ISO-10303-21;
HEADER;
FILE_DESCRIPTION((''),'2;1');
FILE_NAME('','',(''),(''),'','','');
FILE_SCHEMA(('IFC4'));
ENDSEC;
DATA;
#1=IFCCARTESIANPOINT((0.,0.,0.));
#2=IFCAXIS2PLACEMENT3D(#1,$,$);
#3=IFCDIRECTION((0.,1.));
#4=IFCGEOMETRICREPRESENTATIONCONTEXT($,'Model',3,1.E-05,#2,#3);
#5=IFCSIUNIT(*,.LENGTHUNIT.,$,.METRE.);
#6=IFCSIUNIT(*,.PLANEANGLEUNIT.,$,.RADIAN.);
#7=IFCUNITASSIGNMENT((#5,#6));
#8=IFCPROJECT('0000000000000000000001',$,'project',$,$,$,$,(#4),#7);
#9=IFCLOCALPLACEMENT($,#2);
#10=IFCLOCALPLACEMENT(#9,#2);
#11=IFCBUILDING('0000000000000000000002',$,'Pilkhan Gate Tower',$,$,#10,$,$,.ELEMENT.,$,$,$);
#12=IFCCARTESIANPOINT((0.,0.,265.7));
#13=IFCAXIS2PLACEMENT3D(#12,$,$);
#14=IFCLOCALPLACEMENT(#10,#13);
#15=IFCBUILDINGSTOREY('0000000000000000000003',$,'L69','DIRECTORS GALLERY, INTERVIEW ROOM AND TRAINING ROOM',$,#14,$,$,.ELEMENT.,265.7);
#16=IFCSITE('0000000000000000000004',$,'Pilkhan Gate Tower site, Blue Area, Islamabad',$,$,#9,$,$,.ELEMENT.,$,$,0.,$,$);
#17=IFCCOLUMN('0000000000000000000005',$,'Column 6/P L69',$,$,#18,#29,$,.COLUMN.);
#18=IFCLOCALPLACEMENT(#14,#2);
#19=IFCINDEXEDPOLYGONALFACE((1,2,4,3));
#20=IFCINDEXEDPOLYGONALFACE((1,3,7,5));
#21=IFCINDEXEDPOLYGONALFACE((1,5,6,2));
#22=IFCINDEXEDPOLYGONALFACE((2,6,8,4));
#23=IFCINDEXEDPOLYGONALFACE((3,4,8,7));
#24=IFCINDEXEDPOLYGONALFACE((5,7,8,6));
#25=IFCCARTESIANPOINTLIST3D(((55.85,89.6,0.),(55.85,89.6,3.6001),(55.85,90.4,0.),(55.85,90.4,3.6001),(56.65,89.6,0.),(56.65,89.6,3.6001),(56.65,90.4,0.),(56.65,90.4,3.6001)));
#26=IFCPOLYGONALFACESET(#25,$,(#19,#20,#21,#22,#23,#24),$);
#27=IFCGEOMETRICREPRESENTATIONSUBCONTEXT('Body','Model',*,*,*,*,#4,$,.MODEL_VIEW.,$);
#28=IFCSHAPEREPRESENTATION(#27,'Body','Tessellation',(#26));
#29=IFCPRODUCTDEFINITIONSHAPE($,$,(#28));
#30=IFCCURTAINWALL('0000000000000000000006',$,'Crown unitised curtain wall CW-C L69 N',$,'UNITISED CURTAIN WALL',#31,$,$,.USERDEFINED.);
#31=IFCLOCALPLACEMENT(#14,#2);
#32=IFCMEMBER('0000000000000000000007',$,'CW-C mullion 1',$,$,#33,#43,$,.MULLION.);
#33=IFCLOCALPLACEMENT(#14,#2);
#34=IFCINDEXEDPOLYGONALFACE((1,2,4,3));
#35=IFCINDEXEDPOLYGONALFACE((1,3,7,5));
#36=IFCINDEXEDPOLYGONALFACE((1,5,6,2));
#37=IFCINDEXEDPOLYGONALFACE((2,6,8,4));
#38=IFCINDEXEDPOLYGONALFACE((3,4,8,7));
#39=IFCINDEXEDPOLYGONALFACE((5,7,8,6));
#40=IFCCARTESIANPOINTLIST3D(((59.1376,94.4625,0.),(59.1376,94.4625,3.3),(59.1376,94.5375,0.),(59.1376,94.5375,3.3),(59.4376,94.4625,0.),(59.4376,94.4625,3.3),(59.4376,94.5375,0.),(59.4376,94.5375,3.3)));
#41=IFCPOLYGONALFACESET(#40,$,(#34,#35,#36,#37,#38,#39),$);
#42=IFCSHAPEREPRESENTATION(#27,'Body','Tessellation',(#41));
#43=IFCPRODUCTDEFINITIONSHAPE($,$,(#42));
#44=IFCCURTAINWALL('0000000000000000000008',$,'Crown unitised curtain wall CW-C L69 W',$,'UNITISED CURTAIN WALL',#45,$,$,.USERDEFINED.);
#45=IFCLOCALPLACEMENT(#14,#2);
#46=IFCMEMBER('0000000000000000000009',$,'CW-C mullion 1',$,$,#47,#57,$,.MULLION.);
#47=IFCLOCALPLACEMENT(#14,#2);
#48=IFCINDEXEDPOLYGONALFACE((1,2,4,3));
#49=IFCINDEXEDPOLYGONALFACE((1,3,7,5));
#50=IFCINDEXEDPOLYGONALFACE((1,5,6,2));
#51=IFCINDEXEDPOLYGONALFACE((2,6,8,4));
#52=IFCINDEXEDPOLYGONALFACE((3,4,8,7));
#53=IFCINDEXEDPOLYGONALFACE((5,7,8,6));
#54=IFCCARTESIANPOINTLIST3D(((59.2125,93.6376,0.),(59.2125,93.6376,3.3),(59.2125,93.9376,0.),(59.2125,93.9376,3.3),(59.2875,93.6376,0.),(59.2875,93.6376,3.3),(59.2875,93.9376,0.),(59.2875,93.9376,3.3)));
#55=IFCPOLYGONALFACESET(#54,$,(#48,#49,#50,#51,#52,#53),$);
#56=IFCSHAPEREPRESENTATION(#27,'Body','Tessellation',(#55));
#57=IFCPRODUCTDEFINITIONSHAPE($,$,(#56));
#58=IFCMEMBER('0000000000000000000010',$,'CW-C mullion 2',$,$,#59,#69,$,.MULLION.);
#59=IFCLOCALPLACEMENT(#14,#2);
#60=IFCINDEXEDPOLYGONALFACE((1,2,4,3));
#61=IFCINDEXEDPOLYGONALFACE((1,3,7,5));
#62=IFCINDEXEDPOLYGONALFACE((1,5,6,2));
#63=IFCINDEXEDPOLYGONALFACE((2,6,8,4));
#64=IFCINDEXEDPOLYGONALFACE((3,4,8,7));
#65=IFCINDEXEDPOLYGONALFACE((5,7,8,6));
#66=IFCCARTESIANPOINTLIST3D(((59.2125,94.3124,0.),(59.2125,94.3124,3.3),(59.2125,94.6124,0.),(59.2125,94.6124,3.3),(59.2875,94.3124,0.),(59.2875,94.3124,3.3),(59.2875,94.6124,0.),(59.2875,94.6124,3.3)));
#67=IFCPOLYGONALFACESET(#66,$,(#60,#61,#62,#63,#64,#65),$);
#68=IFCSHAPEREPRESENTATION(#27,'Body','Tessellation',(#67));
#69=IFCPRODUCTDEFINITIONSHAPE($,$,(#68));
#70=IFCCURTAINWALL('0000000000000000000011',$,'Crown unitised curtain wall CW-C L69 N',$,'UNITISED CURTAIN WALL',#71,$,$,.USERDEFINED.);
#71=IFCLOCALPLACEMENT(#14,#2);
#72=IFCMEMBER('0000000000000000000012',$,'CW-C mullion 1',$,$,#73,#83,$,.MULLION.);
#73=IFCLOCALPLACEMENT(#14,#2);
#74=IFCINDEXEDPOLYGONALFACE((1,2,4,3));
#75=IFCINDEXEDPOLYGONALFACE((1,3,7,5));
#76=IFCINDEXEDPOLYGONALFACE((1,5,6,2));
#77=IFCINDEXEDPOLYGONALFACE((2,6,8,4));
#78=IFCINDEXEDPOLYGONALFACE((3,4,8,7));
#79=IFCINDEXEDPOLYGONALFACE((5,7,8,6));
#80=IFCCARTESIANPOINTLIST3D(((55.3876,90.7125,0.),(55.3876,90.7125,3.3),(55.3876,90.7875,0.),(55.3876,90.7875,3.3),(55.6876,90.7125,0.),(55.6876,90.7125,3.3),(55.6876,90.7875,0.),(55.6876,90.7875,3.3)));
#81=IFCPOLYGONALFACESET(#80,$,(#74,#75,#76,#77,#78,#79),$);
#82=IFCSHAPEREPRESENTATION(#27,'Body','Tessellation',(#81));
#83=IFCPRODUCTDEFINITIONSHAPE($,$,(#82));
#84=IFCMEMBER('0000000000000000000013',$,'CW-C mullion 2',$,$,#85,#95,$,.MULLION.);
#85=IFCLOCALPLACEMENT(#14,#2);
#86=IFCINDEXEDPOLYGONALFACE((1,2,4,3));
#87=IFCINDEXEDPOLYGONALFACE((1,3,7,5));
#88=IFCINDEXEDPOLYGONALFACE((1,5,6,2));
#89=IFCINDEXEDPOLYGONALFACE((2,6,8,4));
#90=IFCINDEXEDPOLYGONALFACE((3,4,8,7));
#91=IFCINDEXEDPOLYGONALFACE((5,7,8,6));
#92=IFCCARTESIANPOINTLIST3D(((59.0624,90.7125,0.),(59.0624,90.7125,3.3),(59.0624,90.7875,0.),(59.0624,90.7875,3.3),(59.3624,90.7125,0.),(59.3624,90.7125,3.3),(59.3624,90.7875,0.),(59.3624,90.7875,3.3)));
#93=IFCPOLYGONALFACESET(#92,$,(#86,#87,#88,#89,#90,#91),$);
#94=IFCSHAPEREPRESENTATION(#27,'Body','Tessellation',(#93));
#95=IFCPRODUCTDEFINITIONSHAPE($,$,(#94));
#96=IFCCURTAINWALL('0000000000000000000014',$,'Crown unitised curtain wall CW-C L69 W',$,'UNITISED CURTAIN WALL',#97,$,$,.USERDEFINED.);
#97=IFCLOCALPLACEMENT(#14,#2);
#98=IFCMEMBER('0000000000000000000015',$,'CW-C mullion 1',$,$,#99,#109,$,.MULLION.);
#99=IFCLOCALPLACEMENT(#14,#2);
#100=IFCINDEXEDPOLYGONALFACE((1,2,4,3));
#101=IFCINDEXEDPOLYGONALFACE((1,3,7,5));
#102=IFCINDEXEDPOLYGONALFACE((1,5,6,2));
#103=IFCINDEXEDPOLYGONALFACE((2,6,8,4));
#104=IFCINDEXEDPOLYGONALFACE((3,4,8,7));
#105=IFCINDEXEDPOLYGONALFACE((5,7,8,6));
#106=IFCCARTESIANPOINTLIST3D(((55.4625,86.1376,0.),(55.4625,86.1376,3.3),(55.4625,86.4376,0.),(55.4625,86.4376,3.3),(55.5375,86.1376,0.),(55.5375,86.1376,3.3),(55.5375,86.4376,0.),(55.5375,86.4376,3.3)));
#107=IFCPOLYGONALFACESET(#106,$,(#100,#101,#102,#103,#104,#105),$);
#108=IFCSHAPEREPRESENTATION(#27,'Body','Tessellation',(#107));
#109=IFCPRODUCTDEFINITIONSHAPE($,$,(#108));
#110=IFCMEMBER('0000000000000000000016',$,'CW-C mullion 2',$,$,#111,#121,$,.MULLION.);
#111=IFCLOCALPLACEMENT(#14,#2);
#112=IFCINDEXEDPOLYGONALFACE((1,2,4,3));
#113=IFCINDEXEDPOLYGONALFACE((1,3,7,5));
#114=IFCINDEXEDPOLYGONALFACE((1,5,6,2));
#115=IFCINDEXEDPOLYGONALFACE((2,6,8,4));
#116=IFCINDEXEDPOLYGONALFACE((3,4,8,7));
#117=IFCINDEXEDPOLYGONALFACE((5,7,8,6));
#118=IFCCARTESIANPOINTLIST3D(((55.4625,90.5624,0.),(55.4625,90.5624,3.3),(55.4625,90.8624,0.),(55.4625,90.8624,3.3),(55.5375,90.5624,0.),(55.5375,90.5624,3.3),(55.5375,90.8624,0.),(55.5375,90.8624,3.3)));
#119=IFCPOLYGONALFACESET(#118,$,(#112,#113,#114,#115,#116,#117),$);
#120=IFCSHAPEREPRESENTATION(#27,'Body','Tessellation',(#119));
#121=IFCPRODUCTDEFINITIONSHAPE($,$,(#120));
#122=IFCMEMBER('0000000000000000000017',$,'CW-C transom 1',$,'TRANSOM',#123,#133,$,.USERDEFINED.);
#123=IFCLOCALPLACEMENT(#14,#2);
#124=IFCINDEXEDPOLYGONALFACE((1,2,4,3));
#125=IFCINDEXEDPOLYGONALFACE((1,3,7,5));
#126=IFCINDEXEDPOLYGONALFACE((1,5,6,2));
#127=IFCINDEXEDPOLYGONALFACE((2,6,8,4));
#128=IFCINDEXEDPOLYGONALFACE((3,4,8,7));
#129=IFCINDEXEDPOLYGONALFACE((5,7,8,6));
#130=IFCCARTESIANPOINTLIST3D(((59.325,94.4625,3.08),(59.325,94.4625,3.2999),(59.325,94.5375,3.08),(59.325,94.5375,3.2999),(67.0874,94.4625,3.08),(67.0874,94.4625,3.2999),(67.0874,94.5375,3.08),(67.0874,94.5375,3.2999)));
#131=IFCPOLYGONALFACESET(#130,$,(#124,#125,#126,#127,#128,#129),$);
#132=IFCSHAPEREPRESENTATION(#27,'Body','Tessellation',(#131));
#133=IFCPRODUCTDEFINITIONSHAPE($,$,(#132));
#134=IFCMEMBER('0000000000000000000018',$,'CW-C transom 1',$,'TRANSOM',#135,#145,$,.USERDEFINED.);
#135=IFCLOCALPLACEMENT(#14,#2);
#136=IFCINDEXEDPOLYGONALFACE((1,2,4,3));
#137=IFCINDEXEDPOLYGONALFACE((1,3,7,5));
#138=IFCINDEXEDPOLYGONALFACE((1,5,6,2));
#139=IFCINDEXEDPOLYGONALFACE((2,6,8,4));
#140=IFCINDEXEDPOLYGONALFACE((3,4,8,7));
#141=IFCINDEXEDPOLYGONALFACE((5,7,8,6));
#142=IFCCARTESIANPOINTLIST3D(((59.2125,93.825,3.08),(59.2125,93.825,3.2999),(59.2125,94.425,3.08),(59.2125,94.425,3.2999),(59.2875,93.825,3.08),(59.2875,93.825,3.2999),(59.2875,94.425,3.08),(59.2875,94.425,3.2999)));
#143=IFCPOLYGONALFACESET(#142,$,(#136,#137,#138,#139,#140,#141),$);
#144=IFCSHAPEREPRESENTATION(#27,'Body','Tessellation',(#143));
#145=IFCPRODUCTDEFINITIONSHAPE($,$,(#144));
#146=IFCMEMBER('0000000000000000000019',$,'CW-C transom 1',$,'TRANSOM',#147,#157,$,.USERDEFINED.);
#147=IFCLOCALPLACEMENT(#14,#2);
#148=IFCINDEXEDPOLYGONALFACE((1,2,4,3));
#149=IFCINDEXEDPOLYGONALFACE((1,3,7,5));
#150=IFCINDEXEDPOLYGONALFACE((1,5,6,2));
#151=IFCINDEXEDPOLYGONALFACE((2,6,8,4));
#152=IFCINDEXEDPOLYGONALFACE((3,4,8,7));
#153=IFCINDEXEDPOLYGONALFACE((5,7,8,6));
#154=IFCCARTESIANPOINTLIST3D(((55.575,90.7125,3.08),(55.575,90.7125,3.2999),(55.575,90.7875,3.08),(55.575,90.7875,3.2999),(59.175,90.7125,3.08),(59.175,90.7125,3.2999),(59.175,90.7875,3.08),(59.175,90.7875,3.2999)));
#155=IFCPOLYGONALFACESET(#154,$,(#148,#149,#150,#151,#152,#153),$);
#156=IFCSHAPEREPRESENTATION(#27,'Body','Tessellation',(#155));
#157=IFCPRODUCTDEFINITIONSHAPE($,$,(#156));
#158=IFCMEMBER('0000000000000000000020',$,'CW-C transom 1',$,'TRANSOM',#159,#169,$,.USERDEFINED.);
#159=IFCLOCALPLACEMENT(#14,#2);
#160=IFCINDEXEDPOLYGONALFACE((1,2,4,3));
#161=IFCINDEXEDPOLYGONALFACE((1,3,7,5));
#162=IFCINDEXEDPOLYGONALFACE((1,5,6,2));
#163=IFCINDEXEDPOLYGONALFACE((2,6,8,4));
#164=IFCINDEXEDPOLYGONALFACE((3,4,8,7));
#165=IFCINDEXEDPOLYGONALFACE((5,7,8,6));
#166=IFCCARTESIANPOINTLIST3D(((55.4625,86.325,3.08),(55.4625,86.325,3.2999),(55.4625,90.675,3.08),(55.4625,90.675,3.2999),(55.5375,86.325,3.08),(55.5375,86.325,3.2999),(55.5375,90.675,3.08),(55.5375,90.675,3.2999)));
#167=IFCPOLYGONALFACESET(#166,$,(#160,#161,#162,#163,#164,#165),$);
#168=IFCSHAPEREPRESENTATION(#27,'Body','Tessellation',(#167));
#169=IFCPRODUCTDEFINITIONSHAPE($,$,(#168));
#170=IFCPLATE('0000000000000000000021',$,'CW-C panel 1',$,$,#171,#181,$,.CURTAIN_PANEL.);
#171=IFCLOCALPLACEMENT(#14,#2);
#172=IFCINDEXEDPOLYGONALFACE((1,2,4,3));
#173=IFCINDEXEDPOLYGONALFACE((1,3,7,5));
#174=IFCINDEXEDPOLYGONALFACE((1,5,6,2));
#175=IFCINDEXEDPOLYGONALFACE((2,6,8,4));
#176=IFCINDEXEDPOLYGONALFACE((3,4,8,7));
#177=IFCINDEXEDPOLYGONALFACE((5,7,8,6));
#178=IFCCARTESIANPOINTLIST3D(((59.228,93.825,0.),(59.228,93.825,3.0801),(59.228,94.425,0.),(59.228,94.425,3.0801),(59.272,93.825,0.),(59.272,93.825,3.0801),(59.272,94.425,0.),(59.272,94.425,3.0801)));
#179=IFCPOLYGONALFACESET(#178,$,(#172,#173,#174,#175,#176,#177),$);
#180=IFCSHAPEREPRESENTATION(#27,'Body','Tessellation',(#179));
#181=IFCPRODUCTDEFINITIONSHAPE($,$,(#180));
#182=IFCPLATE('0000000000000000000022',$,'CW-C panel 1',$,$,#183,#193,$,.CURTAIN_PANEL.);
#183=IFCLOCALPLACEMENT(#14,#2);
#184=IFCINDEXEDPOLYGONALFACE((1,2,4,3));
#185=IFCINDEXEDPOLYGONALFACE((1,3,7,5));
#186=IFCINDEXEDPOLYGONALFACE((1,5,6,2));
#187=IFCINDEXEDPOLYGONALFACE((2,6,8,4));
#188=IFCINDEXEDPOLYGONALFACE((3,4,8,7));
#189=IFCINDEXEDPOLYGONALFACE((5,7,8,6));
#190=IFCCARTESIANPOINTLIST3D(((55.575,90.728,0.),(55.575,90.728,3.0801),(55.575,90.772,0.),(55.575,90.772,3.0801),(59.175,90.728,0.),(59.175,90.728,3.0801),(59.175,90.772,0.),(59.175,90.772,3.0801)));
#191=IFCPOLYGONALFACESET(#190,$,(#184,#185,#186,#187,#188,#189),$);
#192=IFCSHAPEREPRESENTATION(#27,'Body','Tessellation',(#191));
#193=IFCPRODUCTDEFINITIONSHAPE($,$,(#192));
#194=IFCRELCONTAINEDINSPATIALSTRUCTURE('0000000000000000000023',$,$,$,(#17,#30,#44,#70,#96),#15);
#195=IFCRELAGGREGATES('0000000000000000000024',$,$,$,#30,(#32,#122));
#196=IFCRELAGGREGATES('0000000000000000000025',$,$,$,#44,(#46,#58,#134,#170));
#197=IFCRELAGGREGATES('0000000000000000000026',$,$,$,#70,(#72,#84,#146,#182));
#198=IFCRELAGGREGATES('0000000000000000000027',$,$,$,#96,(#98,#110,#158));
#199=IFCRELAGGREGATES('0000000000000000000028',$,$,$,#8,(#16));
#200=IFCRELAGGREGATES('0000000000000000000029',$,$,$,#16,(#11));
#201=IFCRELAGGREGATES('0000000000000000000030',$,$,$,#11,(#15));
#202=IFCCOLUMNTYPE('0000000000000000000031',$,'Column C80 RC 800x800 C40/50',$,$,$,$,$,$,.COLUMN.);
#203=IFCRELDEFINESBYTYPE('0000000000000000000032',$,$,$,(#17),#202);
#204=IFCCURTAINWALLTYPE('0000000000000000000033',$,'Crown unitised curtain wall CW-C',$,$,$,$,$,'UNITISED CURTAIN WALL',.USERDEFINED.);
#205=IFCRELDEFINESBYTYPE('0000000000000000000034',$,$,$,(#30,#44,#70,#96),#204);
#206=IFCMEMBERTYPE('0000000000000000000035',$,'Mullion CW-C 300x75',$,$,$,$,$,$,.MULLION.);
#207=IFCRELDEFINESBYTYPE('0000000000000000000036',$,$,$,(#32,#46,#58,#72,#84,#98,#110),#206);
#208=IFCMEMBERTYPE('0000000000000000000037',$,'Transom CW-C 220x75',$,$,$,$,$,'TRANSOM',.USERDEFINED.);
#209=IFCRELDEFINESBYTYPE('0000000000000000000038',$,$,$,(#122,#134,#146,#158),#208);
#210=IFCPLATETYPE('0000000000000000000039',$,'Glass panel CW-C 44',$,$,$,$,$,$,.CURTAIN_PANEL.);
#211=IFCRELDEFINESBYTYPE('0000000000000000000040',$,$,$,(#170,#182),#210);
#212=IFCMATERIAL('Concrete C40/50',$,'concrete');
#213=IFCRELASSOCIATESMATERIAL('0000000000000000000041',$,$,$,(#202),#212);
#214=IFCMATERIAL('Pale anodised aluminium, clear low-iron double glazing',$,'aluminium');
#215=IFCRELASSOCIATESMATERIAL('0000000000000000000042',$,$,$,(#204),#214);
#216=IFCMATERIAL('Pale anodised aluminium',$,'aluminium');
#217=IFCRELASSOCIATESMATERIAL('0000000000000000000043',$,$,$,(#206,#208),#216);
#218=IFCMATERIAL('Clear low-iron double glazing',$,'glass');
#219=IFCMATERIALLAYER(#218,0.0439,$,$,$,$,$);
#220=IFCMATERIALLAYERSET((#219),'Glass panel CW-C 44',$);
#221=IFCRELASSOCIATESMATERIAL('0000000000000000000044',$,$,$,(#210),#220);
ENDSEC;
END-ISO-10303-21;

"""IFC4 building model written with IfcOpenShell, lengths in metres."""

from ifc_helpers import new_model, si_unit, direction, frame, origin, origin_2d, place, context, subcontext, project, spatial, rectangle, extrude, material, layer, layer_set, material_profile, profile_set, type_object, element, aggregate, save


model = new_model("IFC4")

# Units and contexts
model_context = context("Model", 3, precision=1e-05, world=origin(), true_north=direction((0.0, 1.0)))
body_context = subcontext(model_context, "Body", "Model", "MODEL_VIEW")
ifc_project = project(units=[si_unit("LENGTHUNIT", "METRE"), si_unit("PLANEANGLEUNIT", "RADIAN")], contexts=[model_context])

# Site, building, storey
site_placement = place(None, origin())
site = spatial("IfcSite", under=ifc_project, at=site_placement, Name="Pilkhan Gate Tower site, Blue Area, Islamabad", CompositionType="ELEMENT", RefElevation=0.0)
building_placement = place(site_placement, origin())
building = spatial("IfcBuilding", under=site, at=building_placement, Name="Pilkhan Gate Tower", CompositionType="ELEMENT")
storey_placement = place(building_placement, frame((0.0, 0.0, 265.7)))
storey = spatial("IfcBuildingStorey", under=building, at=storey_placement, Name="L69", Description="DIRECTORS GALLERY, INTERVIEW ROOM AND TRAINING ROOM", CompositionType="ELEMENT", Elevation=265.7)

# Column
ifc_material_1 = material(Name="Concrete C40/50", Category="concrete")
ifc_material_profile_1 = material_profile(ifc_material_1, rectangle(XDim=0.8, YDim=0.8, at=origin_2d()), Name="RC 800x800")
ifc_profile_set_1 = profile_set([ifc_material_profile_1], Name="Concrete C40/50")
column_type = type_object("IfcColumnType", Name="Column C80 RC 800x800 C40/50", PredefinedType="COLUMN", material=ifc_profile_set_1)
column_placement = place(storey_placement, frame((56.25, 90.0, 0.0), z_axis=(0.0, 0.0, 1.0), x_axis=(1.0, 0.0, 0.0)))
element("IfcColumn", 1, at=column_placement, inside=storey, type_object=column_type, Name="Column 6/P L69", PredefinedType="COLUMN", context=body_context, shape_type="SweptSolid", body=[
    extrude(rectangle(XDim=0.8, YDim=0.8, at=origin_2d()), origin(), (0.0, 0.0, 1.0), 3.6001),
])

# Curtain wall, member
ifc_material_2 = material(Name="Pale anodised aluminium, clear low-iron double glazing", Category="aluminium")
curtain_wall_type = type_object("IfcCurtainWallType", Name="Crown unitised curtain wall CW-C", ElementType="UNITISED CURTAIN WALL", PredefinedType="USERDEFINED", material=ifc_material_2)
curtain_wall_1_placement = place(storey_placement, origin())
curtain_wall_1 = element("IfcCurtainWall", 2, at=curtain_wall_1_placement, inside=storey, type_object=curtain_wall_type, Name="Crown unitised curtain wall CW-C L69 N", ObjectType="UNITISED CURTAIN WALL", PredefinedType="USERDEFINED")
ifc_material_3 = material(Name="Pale anodised aluminium", Category="aluminium")
ifc_material_profile_2 = material_profile(ifc_material_3, rectangle(XDim=0.075, YDim=0.3, at=origin_2d()), Name="Mullion 300x75")
ifc_profile_set_2 = profile_set([ifc_material_profile_2], Name="Pale anodised aluminium")
member_type_1 = type_object("IfcMemberType", Name="Mullion CW-C 300x75", PredefinedType="MULLION", material=ifc_profile_set_2)
member_1_placement = place(storey_placement, frame((59.2876, 94.5, 0.0), z_axis=(0.0, 0.0, 1.0), x_axis=(0.0, 1.0, 0.0)))
member_1 = element("IfcMember", 3, at=member_1_placement, type_object=member_type_1, Name="CW-C mullion 1", PredefinedType="MULLION", context=body_context, shape_type="SweptSolid", body=[
    extrude(rectangle(XDim=0.075, YDim=0.3, at=origin_2d()), origin(), (0.0, 0.0, 1.0), 3.3),
])

# Curtain walls, members
curtain_wall_2_placement = place(storey_placement, origin())
curtain_wall_2 = element("IfcCurtainWall", 4, at=curtain_wall_2_placement, inside=storey, type_object=curtain_wall_type, Name="Crown unitised curtain wall CW-C L69 W", ObjectType="UNITISED CURTAIN WALL", PredefinedType="USERDEFINED")
member_2_placement = place(storey_placement, frame((59.25, 93.7876, 0.0), z_axis=(0.0, 0.0, 1.0), x_axis=(-1.0, 0.0, 0.0)))
member_2 = element("IfcMember", 5, at=member_2_placement, type_object=member_type_1, Name="CW-C mullion 1", PredefinedType="MULLION", context=body_context, shape_type="SweptSolid", body=[
    extrude(rectangle(XDim=0.075, YDim=0.3, at=origin_2d()), origin(), (0.0, 0.0, 1.0), 3.3),
])
member_3_placement = place(storey_placement, frame((59.25, 94.4624, 0.0), z_axis=(0.0, 0.0, 1.0), x_axis=(-1.0, 0.0, 0.0)))
member_3 = element("IfcMember", 6, at=member_3_placement, type_object=member_type_1, Name="CW-C mullion 2", PredefinedType="MULLION", context=body_context, shape_type="SweptSolid", body=[
    extrude(rectangle(XDim=0.075, YDim=0.3, at=origin_2d()), origin(), (0.0, 0.0, 1.0), 3.3),
])
curtain_wall_3_placement = place(storey_placement, origin())
curtain_wall_3 = element("IfcCurtainWall", 7, at=curtain_wall_3_placement, inside=storey, type_object=curtain_wall_type, Name="Crown unitised curtain wall CW-C L69 N", ObjectType="UNITISED CURTAIN WALL", PredefinedType="USERDEFINED")
member_4_placement = place(storey_placement, frame((55.5376, 90.75, 0.0), z_axis=(0.0, 0.0, 1.0), x_axis=(0.0, 1.0, 0.0)))
member_4 = element("IfcMember", 8, at=member_4_placement, type_object=member_type_1, Name="CW-C mullion 1", PredefinedType="MULLION", context=body_context, shape_type="SweptSolid", body=[
    extrude(rectangle(XDim=0.075, YDim=0.3, at=origin_2d()), origin(), (0.0, 0.0, 1.0), 3.3),
])
member_5_placement = place(storey_placement, frame((59.2124, 90.75, 0.0), z_axis=(0.0, 0.0, 1.0), x_axis=(0.0, 1.0, 0.0)))
member_5 = element("IfcMember", 9, at=member_5_placement, type_object=member_type_1, Name="CW-C mullion 2", PredefinedType="MULLION", context=body_context, shape_type="SweptSolid", body=[
    extrude(rectangle(XDim=0.075, YDim=0.3, at=origin_2d()), origin(), (0.0, 0.0, 1.0), 3.3),
])
curtain_wall_4_placement = place(storey_placement, origin())
curtain_wall_4 = element("IfcCurtainWall", 10, at=curtain_wall_4_placement, inside=storey, type_object=curtain_wall_type, Name="Crown unitised curtain wall CW-C L69 W", ObjectType="UNITISED CURTAIN WALL", PredefinedType="USERDEFINED")
member_6_placement = place(storey_placement, frame((55.5, 86.2876, 0.0), z_axis=(0.0, 0.0, 1.0), x_axis=(-1.0, 0.0, 0.0)))
member_6 = element("IfcMember", 11, at=member_6_placement, type_object=member_type_1, Name="CW-C mullion 1", PredefinedType="MULLION", context=body_context, shape_type="SweptSolid", body=[
    extrude(rectangle(XDim=0.075, YDim=0.3, at=origin_2d()), origin(), (0.0, 0.0, 1.0), 3.3),
])
member_7_placement = place(storey_placement, frame((55.5, 90.7124, 0.0), z_axis=(0.0, 0.0, 1.0), x_axis=(-1.0, 0.0, 0.0)))
member_7 = element("IfcMember", 12, at=member_7_placement, type_object=member_type_1, Name="CW-C mullion 2", PredefinedType="MULLION", context=body_context, shape_type="SweptSolid", body=[
    extrude(rectangle(XDim=0.075, YDim=0.3, at=origin_2d()), origin(), (0.0, 0.0, 1.0), 3.3),
])

# Members
ifc_material_profile_3 = material_profile(ifc_material_3, rectangle(XDim=0.075, YDim=0.22, at=origin_2d()), Name="Transom 220x75")
ifc_profile_set_3 = profile_set([ifc_material_profile_3], Name="Pale anodised aluminium")
member_type_2 = type_object("IfcMemberType", Name="Transom CW-C 220x75", ElementType="TRANSOM", PredefinedType="USERDEFINED", material=ifc_profile_set_3)
member_8_placement = place(storey_placement, frame((59.325, 94.5, 3.1899), z_axis=(1.0, 0.0, 0.0), x_axis=(0.0, 1.0, 0.0)))
member_8 = element("IfcMember", 13, at=member_8_placement, type_object=member_type_2, Name="CW-C transom 1", ObjectType="TRANSOM", PredefinedType="USERDEFINED", context=body_context, shape_type="SweptSolid", body=[
    extrude(rectangle(XDim=0.075, YDim=0.22, at=origin_2d()), origin(), (0.0, 0.0, 1.0), 7.7625),
])
aggregate(curtain_wall_1, [member_1, member_8])
member_9_placement = place(storey_placement, frame((59.25, 93.825, 3.1899), z_axis=(0.0, 1.0, 0.0), x_axis=(-1.0, 0.0, 0.0)))
member_9 = element("IfcMember", 14, at=member_9_placement, type_object=member_type_2, Name="CW-C transom 1", ObjectType="TRANSOM", PredefinedType="USERDEFINED", context=body_context, shape_type="SweptSolid", body=[
    extrude(rectangle(XDim=0.075, YDim=0.22, at=origin_2d()), origin(), (0.0, 0.0, 1.0), 0.6001),
])
member_10_placement = place(storey_placement, frame((55.575, 90.75, 3.1899), z_axis=(1.0, 0.0, 0.0), x_axis=(0.0, 1.0, 0.0)))
member_10 = element("IfcMember", 15, at=member_10_placement, type_object=member_type_2, Name="CW-C transom 1", ObjectType="TRANSOM", PredefinedType="USERDEFINED", context=body_context, shape_type="SweptSolid", body=[
    extrude(rectangle(XDim=0.075, YDim=0.22, at=origin_2d()), origin(), (0.0, 0.0, 1.0), 3.6001),
])
member_11_placement = place(storey_placement, frame((55.5, 86.325, 3.1899), z_axis=(0.0, 1.0, 0.0), x_axis=(-1.0, 0.0, 0.0)))
member_11 = element("IfcMember", 16, at=member_11_placement, type_object=member_type_2, Name="CW-C transom 1", ObjectType="TRANSOM", PredefinedType="USERDEFINED", context=body_context, shape_type="SweptSolid", body=[
    extrude(rectangle(XDim=0.075, YDim=0.22, at=origin_2d()), origin(), (0.0, 0.0, 1.0), 4.3501),
])

# Plates
ifc_material_4 = material(Name="Clear low-iron double glazing", Category="glass")
ifc_layer_1 = layer(ifc_material_4, 0.0439)
ifc_layer_set_1 = layer_set([ifc_layer_1], Name="Glass panel CW-C 44")
plate_type = type_object("IfcPlateType", Name="Glass panel CW-C 44", PredefinedType="CURTAIN_PANEL", material=ifc_layer_set_1)
plate_1_placement = place(storey_placement, frame((59.25, 94.125, 0.0), z_axis=(0.0, 0.0, 1.0), x_axis=(0.0, 1.0, 0.0)))
plate_1 = element("IfcPlate", 17, at=plate_1_placement, type_object=plate_type, Name="CW-C panel 1", PredefinedType="CURTAIN_PANEL", context=body_context, shape_type="SweptSolid", body=[
    extrude(rectangle(XDim=0.6001, YDim=0.0439, at=origin_2d()), origin(), (0.0, 0.0, 1.0), 3.0801),
])
aggregate(curtain_wall_2, [member_2, member_3, member_9, plate_1])
plate_2_placement = place(storey_placement, frame((57.375, 90.75, 0.0), z_axis=(0.0, 0.0, 1.0), x_axis=(1.0, 0.0, 0.0)))
plate_2 = element("IfcPlate", 18, at=plate_2_placement, type_object=plate_type, Name="CW-C panel 1", PredefinedType="CURTAIN_PANEL", context=body_context, shape_type="SweptSolid", body=[
    extrude(rectangle(XDim=3.6001, YDim=0.0439, at=origin_2d()), origin(), (0.0, 0.0, 1.0), 3.0801),
])
aggregate(curtain_wall_3, [member_4, member_5, member_10, plate_2])
aggregate(curtain_wall_4, [member_6, member_7, member_11])

save(model, "model.ifc")
